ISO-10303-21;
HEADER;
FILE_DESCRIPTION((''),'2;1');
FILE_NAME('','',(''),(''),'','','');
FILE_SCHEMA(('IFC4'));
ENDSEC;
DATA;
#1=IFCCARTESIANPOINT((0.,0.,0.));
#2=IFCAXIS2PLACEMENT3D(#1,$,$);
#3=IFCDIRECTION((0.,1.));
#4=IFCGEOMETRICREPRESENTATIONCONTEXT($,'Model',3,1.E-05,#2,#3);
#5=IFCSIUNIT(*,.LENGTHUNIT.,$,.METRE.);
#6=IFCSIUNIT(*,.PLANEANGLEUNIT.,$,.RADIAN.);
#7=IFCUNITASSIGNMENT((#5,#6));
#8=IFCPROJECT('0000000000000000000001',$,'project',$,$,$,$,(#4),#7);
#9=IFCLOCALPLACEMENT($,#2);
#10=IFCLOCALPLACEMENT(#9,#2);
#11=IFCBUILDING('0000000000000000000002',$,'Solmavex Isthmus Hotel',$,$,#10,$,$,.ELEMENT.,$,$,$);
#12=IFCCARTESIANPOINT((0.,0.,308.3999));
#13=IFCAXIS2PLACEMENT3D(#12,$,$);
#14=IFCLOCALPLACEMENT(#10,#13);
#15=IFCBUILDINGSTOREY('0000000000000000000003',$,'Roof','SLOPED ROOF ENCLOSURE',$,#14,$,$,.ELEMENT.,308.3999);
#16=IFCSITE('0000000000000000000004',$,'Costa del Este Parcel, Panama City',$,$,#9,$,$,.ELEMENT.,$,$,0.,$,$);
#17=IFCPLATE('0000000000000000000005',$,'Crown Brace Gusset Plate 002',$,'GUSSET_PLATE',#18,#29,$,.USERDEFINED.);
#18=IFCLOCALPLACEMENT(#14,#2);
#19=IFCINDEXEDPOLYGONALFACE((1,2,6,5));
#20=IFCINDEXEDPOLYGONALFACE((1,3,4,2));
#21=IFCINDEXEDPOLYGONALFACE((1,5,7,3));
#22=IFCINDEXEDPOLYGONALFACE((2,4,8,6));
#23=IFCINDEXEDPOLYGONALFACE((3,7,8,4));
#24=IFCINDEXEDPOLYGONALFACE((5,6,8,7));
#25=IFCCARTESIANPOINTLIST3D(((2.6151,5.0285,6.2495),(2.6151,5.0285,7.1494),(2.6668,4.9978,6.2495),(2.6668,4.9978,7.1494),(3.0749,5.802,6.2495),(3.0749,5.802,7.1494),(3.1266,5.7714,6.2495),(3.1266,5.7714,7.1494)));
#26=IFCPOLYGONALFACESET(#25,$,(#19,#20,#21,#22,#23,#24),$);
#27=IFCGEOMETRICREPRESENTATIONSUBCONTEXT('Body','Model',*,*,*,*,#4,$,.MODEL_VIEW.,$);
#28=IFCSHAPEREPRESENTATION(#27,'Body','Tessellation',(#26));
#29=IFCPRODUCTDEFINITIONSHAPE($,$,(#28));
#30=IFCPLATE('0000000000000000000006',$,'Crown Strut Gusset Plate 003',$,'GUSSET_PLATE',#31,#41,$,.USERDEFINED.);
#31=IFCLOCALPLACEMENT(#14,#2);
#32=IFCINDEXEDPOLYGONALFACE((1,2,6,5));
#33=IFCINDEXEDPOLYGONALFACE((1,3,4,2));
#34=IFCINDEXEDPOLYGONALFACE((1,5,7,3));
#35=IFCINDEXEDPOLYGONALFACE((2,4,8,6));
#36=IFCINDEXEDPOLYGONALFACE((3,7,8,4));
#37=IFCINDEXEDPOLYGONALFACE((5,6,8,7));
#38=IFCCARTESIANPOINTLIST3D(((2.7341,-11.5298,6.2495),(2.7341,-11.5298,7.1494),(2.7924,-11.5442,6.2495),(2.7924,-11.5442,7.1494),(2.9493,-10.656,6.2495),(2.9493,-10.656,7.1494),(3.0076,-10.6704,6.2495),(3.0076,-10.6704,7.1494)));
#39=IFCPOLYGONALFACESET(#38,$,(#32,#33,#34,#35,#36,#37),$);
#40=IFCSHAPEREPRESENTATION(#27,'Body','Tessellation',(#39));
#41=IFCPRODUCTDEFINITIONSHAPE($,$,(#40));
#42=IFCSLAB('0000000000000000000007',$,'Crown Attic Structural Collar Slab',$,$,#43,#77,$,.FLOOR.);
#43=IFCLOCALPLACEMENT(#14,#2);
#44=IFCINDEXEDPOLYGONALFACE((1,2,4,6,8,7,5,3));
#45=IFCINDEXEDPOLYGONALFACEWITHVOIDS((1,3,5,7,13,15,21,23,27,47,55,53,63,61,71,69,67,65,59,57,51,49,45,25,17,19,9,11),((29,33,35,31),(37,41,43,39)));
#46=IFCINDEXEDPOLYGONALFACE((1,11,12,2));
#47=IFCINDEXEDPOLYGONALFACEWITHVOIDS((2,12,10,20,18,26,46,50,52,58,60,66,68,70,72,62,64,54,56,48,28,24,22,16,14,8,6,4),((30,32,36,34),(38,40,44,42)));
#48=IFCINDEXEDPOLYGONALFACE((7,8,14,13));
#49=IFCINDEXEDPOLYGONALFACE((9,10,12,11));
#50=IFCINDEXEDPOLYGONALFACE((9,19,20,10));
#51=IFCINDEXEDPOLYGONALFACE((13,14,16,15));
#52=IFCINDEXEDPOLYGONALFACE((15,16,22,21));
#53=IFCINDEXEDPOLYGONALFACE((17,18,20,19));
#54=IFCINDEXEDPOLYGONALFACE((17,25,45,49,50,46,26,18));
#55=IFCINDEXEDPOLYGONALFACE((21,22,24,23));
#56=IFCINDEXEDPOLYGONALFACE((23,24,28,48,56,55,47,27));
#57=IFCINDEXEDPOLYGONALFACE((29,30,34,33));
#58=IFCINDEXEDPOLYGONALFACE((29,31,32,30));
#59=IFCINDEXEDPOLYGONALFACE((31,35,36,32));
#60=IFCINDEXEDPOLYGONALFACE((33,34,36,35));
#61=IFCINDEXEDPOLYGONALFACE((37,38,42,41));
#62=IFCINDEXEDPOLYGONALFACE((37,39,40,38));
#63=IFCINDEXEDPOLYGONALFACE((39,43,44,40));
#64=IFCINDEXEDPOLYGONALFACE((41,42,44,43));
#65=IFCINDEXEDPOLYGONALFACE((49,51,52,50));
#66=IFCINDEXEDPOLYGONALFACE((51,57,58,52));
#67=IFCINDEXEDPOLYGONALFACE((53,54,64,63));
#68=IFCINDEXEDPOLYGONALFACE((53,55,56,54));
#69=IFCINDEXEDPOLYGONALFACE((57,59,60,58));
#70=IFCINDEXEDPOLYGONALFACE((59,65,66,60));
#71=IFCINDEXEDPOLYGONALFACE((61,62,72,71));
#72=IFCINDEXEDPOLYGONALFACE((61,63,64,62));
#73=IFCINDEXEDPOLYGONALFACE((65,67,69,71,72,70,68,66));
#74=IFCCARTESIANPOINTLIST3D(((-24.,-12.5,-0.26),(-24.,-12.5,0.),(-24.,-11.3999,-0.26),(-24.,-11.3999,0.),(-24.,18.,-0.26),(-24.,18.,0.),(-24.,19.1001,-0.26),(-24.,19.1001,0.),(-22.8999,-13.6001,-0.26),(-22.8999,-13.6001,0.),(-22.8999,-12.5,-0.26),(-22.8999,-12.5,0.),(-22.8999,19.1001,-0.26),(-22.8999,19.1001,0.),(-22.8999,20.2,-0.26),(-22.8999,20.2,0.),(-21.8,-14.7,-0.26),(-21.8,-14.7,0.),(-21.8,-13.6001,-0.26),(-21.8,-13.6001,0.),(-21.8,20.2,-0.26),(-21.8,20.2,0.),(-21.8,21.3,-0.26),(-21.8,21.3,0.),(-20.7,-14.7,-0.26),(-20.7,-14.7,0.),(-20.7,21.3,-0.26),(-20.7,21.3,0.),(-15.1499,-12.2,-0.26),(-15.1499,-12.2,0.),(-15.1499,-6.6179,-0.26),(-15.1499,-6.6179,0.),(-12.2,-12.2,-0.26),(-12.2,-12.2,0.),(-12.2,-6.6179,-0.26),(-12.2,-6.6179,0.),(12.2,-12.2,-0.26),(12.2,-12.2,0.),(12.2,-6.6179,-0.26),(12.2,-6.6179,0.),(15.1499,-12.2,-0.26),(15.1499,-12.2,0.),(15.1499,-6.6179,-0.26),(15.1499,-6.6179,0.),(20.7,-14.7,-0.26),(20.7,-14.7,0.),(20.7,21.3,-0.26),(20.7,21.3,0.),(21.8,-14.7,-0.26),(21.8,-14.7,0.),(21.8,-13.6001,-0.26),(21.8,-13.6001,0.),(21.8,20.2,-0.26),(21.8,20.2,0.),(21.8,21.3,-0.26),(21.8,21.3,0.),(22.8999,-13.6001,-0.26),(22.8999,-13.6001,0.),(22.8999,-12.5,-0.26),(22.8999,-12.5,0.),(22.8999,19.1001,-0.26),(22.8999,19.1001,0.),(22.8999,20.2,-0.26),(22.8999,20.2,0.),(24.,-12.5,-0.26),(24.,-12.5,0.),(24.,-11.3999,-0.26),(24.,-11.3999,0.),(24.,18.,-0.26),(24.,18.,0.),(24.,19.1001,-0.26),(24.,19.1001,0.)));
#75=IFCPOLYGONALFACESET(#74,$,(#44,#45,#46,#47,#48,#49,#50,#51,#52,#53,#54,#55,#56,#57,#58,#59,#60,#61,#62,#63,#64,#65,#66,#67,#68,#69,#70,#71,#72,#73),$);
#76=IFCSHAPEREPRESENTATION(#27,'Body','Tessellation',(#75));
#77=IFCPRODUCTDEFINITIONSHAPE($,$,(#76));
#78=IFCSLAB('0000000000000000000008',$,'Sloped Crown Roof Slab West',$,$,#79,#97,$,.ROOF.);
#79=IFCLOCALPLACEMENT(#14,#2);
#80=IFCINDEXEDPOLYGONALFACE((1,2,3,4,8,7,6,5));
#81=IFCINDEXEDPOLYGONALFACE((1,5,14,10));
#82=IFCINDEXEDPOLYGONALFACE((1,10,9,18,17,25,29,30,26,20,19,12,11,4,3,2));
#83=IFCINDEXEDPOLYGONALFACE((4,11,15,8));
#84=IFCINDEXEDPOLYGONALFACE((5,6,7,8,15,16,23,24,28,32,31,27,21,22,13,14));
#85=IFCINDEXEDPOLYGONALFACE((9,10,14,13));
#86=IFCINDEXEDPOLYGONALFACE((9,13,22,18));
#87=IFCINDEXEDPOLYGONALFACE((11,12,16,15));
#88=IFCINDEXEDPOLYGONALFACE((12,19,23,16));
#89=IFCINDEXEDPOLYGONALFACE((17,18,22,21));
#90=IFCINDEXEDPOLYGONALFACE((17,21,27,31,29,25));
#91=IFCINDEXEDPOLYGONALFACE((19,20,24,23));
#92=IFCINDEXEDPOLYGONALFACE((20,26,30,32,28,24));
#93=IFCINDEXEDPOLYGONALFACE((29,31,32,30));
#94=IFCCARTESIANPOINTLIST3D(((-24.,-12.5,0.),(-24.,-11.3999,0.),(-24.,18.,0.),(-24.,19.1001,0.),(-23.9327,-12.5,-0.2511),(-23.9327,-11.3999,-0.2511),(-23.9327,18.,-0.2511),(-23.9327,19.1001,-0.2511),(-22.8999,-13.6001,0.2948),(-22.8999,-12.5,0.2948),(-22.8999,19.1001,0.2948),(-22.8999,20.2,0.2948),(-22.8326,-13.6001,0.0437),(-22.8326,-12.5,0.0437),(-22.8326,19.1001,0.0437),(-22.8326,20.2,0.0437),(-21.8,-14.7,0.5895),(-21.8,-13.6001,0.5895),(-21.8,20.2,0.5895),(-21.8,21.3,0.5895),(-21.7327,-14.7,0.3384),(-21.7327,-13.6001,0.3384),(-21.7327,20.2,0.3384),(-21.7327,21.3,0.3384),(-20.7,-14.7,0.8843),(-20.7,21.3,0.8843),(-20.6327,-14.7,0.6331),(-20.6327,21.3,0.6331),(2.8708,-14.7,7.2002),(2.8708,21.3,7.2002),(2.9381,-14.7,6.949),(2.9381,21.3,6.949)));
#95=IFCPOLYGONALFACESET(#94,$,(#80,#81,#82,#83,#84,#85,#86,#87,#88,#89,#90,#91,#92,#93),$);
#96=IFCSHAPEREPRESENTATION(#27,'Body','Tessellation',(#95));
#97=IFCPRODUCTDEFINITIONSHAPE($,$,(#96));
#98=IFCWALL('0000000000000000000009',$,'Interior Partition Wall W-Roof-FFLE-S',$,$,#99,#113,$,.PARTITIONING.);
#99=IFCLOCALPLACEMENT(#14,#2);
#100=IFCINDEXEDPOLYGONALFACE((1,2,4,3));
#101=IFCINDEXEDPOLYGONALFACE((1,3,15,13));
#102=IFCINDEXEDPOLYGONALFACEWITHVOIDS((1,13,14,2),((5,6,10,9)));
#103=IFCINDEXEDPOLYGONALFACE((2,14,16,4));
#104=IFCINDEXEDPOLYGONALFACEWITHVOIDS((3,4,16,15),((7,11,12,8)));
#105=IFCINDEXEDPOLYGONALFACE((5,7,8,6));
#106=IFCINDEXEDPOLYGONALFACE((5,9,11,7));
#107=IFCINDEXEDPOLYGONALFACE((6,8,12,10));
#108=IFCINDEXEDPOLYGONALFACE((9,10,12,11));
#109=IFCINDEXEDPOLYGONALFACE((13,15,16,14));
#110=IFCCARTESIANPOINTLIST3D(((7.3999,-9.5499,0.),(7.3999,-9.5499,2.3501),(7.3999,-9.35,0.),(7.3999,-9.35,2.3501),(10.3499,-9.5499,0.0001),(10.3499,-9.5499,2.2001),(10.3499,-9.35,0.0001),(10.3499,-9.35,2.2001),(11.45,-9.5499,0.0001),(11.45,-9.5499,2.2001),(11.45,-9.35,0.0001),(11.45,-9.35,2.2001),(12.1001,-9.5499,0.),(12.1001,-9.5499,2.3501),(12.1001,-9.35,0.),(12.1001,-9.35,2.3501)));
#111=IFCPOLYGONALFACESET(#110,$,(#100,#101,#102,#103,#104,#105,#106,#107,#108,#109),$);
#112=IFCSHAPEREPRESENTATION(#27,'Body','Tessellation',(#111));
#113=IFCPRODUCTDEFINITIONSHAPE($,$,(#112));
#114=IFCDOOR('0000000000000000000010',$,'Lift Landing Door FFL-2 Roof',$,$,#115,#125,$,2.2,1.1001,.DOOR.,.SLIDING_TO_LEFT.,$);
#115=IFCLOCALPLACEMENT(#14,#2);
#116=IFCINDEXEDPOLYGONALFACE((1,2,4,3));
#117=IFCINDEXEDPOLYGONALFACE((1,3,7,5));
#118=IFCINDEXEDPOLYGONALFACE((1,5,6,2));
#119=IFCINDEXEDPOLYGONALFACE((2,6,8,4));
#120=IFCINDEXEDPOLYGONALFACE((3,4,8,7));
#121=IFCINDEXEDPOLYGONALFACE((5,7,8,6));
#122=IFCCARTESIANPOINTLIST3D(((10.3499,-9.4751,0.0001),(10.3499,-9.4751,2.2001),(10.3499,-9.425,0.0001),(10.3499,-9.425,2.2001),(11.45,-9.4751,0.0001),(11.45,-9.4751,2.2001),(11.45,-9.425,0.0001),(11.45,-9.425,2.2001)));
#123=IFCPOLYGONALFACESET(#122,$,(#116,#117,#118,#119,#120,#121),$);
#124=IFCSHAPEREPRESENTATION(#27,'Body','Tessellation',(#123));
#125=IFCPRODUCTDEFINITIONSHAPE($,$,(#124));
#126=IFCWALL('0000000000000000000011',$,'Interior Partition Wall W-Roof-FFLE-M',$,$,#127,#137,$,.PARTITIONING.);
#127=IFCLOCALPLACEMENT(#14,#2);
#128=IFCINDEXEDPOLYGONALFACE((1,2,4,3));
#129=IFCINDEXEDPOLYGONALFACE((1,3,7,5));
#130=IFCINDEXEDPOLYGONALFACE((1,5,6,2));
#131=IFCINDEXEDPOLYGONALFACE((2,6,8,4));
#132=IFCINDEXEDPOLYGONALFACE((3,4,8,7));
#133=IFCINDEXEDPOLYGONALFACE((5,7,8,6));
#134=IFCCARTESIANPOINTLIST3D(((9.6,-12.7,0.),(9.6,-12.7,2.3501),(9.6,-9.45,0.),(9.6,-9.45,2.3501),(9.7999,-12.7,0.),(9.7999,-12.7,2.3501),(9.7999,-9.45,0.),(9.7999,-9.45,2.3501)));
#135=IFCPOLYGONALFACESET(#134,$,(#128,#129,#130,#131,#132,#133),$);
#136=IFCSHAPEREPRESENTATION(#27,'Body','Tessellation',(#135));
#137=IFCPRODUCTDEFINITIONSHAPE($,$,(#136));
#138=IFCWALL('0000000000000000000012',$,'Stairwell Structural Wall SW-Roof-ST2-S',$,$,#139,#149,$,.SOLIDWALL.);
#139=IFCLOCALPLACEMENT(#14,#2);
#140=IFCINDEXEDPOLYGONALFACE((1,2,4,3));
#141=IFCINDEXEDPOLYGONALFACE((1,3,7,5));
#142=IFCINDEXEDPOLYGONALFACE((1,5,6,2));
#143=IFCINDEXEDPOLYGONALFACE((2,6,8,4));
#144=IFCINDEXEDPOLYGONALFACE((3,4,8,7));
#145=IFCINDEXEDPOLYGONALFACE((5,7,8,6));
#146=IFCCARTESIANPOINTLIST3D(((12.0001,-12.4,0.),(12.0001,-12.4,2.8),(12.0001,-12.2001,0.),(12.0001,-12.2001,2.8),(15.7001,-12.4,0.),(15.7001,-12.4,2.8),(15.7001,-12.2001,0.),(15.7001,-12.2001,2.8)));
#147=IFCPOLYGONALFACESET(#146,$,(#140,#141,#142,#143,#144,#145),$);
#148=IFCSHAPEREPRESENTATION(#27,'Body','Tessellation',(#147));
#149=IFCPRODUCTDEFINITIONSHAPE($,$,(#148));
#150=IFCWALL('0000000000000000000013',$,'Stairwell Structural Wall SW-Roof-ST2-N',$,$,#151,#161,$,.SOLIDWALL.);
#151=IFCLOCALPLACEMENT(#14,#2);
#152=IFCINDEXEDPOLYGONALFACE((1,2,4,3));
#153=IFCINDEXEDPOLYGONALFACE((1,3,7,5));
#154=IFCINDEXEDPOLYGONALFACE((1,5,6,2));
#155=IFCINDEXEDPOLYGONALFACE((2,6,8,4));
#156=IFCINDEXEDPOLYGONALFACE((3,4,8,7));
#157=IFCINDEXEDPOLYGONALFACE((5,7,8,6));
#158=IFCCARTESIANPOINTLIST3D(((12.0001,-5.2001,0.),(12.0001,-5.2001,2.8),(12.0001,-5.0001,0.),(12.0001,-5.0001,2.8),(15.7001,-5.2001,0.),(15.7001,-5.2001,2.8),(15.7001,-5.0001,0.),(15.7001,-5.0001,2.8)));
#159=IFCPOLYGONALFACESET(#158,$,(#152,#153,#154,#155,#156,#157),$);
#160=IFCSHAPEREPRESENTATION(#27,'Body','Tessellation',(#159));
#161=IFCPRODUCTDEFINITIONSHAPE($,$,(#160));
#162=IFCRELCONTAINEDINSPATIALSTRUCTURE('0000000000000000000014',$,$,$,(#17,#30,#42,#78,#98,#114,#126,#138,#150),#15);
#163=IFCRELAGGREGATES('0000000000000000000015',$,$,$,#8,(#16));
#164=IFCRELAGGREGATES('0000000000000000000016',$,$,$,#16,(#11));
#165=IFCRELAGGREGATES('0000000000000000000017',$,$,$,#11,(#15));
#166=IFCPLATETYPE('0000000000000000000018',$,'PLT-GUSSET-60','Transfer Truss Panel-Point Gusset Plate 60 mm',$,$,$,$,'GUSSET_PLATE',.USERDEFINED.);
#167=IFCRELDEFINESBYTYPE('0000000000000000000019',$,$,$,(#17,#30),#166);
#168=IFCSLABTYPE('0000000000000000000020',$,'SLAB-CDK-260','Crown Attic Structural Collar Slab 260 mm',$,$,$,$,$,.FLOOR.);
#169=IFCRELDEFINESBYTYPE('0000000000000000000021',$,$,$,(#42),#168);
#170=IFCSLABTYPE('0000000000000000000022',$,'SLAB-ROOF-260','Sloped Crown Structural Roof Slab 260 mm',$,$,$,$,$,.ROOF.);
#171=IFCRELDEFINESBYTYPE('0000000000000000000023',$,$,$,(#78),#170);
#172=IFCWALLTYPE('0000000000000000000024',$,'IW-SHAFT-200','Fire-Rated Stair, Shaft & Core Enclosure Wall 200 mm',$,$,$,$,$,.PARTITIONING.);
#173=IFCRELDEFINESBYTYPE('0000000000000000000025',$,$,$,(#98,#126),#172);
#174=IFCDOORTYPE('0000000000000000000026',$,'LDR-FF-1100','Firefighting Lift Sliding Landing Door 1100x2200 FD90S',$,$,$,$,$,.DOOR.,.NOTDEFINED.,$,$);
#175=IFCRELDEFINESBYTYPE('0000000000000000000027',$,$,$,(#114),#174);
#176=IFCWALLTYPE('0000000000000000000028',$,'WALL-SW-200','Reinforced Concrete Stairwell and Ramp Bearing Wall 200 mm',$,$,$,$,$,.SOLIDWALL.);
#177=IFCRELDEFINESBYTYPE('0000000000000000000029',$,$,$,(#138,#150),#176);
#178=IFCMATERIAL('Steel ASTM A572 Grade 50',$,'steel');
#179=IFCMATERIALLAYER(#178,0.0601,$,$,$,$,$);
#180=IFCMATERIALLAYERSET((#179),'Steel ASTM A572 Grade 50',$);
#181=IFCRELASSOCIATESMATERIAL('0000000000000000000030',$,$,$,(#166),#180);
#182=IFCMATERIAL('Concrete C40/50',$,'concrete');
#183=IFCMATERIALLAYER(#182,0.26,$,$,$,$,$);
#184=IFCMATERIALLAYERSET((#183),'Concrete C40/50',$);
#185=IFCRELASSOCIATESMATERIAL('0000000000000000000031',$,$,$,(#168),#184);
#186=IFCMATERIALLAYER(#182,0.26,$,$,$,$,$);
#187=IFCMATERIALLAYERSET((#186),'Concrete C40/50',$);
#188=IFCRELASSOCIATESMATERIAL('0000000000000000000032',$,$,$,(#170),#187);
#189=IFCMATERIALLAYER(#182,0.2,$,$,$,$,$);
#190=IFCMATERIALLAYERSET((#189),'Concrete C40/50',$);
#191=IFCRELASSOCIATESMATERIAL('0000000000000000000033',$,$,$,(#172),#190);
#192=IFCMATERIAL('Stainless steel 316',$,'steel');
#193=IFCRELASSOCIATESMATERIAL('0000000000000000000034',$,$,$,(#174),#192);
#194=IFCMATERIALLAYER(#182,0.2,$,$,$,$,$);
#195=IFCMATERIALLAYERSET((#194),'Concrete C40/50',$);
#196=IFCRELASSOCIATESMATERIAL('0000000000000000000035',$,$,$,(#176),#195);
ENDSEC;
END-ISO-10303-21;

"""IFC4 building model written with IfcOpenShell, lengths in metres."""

from ifc_helpers import new_model, si_unit, direction, frame, frame_2d, origin, origin_2d, place, context, subcontext, project, spatial, polyline, rectangle, outline, extrude, material, layer, layer_set, type_object, element, fill, save


model = new_model("IFC4")

# Units and contexts
model_context = context("Model", 3, precision=1e-05, world=origin(), true_north=direction((0.0, 1.0)))
body_context = subcontext(model_context, "Body", "Model", "MODEL_VIEW")
ifc_project = project(units=[si_unit("LENGTHUNIT", "METRE"), si_unit("PLANEANGLEUNIT", "RADIAN")], contexts=[model_context])

# Site, building, storey
site_placement = place(None, origin())
site = spatial("IfcSite", under=ifc_project, at=site_placement, Name="Costa del Este Parcel, Panama City", CompositionType="ELEMENT", RefElevation=0.0)
building_placement = place(site_placement, origin())
building = spatial("IfcBuilding", under=site, at=building_placement, Name="Solmavex Isthmus Hotel", CompositionType="ELEMENT")
storey_placement = place(building_placement, frame((0.0, 0.0, 308.3999)))
storey = spatial("IfcBuildingStorey", under=building, at=storey_placement, Name="Roof", Description="SLOPED ROOF ENCLOSURE", CompositionType="ELEMENT", Elevation=308.3999)

# Plates
ifc_material_1 = material(Name="Steel ASTM A572 Grade 50", Category="steel")
ifc_layer_1 = layer(ifc_material_1, 0.0601)
ifc_layer_set_1 = layer_set([ifc_layer_1], Name="Steel ASTM A572 Grade 50")
plate_type = type_object("IfcPlateType", Name="PLT-GUSSET-60", Description="Transfer Truss Panel-Point Gusset Plate 60 mm", ElementType="GUSSET_PLATE", PredefinedType="USERDEFINED", material=ifc_layer_set_1)
for number, where, z_axis, x_axis, name in (
    (1, (2.8708, 5.3999, 6.2495), (0.0, 0.0, 1.0), (0.510918, 0.859629, 0.0), "Crown Brace Gusset Plate 002"),
    (2, (2.8708, -11.1001, 6.2495), (0.0, 0.0, 1.0), (0.239228, 0.970963, 0.0), "Crown Strut Gusset Plate 003"),
):
    element("IfcPlate", number, at=place(storey_placement, frame(where, z_axis=z_axis, x_axis=x_axis)), inside=storey, type_object=plate_type, Name=name, ObjectType="GUSSET_PLATE", PredefinedType="USERDEFINED", context=body_context, shape_type="SweptSolid", body=[
        extrude(rectangle(XDim=0.8999, YDim=0.0601, at=origin_2d()), origin(), (0.0, 0.0, 1.0), 0.8999),
    ])

# Slabs
ifc_material_2 = material(Name="Concrete C40/50", Category="concrete")
ifc_layer_2 = layer(ifc_material_2, 0.26)
ifc_layer_set_2 = layer_set([ifc_layer_2], Name="Concrete C40/50")
slab_type_1 = type_object("IfcSlabType", Name="SLAB-CDK-260", Description="Crown Attic Structural Collar Slab 260 mm", PredefinedType="FLOOR", material=ifc_layer_set_2)
slab_1_placement = place(storey_placement, frame((0.0, 0.0, -0.26)))
element("IfcSlab", 3, at=slab_1_placement, inside=storey, type_object=slab_type_1, Name="Crown Attic Structural Collar Slab", PredefinedType="FLOOR", context=body_context, shape_type="SweptSolid", body=[
    extrude(outline(polyline([(-20.7, -14.7), (20.7, -14.7), (21.8, -14.7), (21.8, -13.6001), (22.8999, -13.6001), (22.8999, -12.5), (24.0, -12.5), (24.0, -11.3999), (24.0, 18.0), (24.0, 19.1001), (22.8999, 19.1001), (22.8999, 20.2), (21.8, 20.2), (21.8, 21.3), (20.7, 21.3), (-20.7, 21.3), (-21.8, 21.3), (-21.8, 20.2), (-22.8999, 20.2), (-22.8999, 19.1001), (-24.0, 19.1001), (-24.0, 18.0), (-24.0, -11.3999), (-24.0, -12.5), (-22.8999, -12.5), (-22.8999, -13.6001), (-21.8, -13.6001), (-21.8, -14.7), (-20.7, -14.7)]), holes=[polyline([(-15.1499, -6.6179), (-15.1499, -12.2), (-12.2, -12.2), (-12.2, -6.6179), (-15.1499, -6.6179)]), polyline([(12.2, -6.6179), (12.2, -12.2), (15.1499, -12.2), (15.1499, -6.6179), (12.2, -6.6179)])]), origin(), (0.0, 0.0, 1.0), 0.26),
])
ifc_layer_3 = layer(ifc_material_2, 0.26)
ifc_layer_set_3 = layer_set([ifc_layer_3], Name="Concrete C40/50")
slab_type_2 = type_object("IfcSlabType", Name="SLAB-ROOF-260", Description="Sloped Crown Structural Roof Slab 260 mm", PredefinedType="ROOF", material=ifc_layer_set_3)
slab_2_placement = place(storey_placement, frame((2.8708, -14.7, 7.2002), z_axis=(-0.258824, 0.0, 0.965924), x_axis=(0.0, 1.0, 0.0)))
element("IfcSlab", 4, at=slab_2_placement, inside=storey, type_object=slab_type_2, Name="Sloped Crown Roof Slab West", PredefinedType="ROOF", context=body_context, shape_type="SweptSolid", body=[
    extrude(outline(polyline([(0.0, 0.0), (36.0, 0.0), (36.0, 24.4023), (36.0, 25.5412), (34.8999, 25.5412), (34.8999, 26.6799), (33.8, 26.6799), (33.8, 27.8188), (32.7, 27.8188), (3.3, 27.8188), (2.2, 27.8188), (2.2, 26.6799), (1.0999, 26.6799), (1.0999, 25.5412), (0.0, 25.5412), (0.0, 24.4023), (0.0, 0.0)])), origin(), (0.0, 0.0, -1.0), 0.26),
])

# Wall, opening, door
ifc_layer_4 = layer(ifc_material_2, 0.2)
ifc_layer_set_4 = layer_set([ifc_layer_4], Name="Concrete C40/50")
wall_type_1 = type_object("IfcWallType", Name="IW-SHAFT-200", Description="Fire-Rated Stair, Shaft & Core Enclosure Wall 200 mm", PredefinedType="PARTITIONING", material=ifc_layer_set_4)
wall_1_placement = place(storey_placement, frame((7.3999, -9.45, 0.0), z_axis=(0.0, 0.0, 1.0), x_axis=(1.0, 0.0, 0.0)))
wall_1 = element("IfcWall", 5, at=wall_1_placement, inside=storey, type_object=wall_type_1, Name="Interior Partition Wall W-Roof-FFLE-S", PredefinedType="PARTITIONING", context=body_context, shape_type="SweptSolid", body=[
    extrude(rectangle(XDim=4.7002, YDim=0.2, at=frame_2d((2.3501, 0.0))), origin(), (0.0, 0.0, 1.0), 2.3501),
])
opening_placement = place(wall_1_placement, frame((2.95, 0.0, 0.0)))
opening = element("IfcOpeningElement", 6, at=opening_placement, cuts=wall_1, PredefinedType="OPENING", context=body_context, shape_type="SweptSolid", body=[
    extrude(rectangle(XDim=1.1001, YDim=2.2, at=frame_2d((0.55, 1.1001))), frame((0.0, 0.1099, 0.0), z_axis=(0.0, -1.0, 0.0), x_axis=(1.0, 0.0, 0.0)), (0.0, 0.0, 1.0), 0.22),
])
ifc_material_3 = material(Name="Stainless steel 316", Category="steel")
door_type = type_object("IfcDoorType", Name="LDR-FF-1100", Description="Firefighting Lift Sliding Landing Door 1100x2200 FD90S", OperationType="NOTDEFINED", PredefinedType="DOOR", material=ifc_material_3)
door_placement = place(opening_placement, origin())
door = element("IfcDoor", 7, at=door_placement, inside=storey, type_object=door_type, Name="Lift Landing Door FFL-2 Roof", OperationType="SLIDING_TO_LEFT", OverallHeight=2.2, OverallWidth=1.1001, PredefinedType="DOOR", context=body_context, shape_type="SweptSolid", body=[
    extrude(rectangle(XDim=1.1001, YDim=2.2, at=frame_2d((0.55, 1.1001))), frame((0.0, 0.0249, 0.0), z_axis=(0.0, -1.0, 0.0), x_axis=(1.0, 0.0, 0.0)), (0.0, 0.0, 1.0), 0.05),
])
fill(opening, door)

# Walls
wall_2_placement = place(storey_placement, frame((9.7, -12.7, 0.0), z_axis=(0.0, 0.0, 1.0), x_axis=(0.0, 1.0, 0.0)))
element("IfcWall", 8, at=wall_2_placement, inside=storey, type_object=wall_type_1, Name="Interior Partition Wall W-Roof-FFLE-M", PredefinedType="PARTITIONING", context=body_context, shape_type="SweptSolid", body=[
    extrude(rectangle(XDim=3.25, YDim=0.2, at=frame_2d((1.625, 0.0))), origin(), (0.0, 0.0, 1.0), 2.3501),
])
ifc_layer_5 = layer(ifc_material_2, 0.2)
ifc_layer_set_5 = layer_set([ifc_layer_5], Name="Concrete C40/50")
wall_type_2 = type_object("IfcWallType", Name="WALL-SW-200", Description="Reinforced Concrete Stairwell and Ramp Bearing Wall 200 mm", PredefinedType="SOLIDWALL", material=ifc_layer_set_5)
for number, where, z_axis, x_axis, name in (
    (9, (12.0, -12.3, 0.0), (0.0, 0.0, 1.0), (1.0, 0.0, 0.0), "Stairwell Structural Wall SW-Roof-ST2-S"),
    (10, (12.0, -5.1001, 0.0), (0.0, 0.0, 1.0), (1.0, 0.0, 0.0), "Stairwell Structural Wall SW-Roof-ST2-N"),
):
    element("IfcWall", number, at=place(storey_placement, frame(where, z_axis=z_axis, x_axis=x_axis)), inside=storey, type_object=wall_type_2, Name=name, PredefinedType="SOLIDWALL", context=body_context, shape_type="SweptSolid", body=[
        extrude(rectangle(XDim=3.7, YDim=0.2, at=frame_2d((1.8501, 0.0))), origin(), (0.0, 0.0, 1.0), 2.8),
    ])

save(model, "model.ifc")
